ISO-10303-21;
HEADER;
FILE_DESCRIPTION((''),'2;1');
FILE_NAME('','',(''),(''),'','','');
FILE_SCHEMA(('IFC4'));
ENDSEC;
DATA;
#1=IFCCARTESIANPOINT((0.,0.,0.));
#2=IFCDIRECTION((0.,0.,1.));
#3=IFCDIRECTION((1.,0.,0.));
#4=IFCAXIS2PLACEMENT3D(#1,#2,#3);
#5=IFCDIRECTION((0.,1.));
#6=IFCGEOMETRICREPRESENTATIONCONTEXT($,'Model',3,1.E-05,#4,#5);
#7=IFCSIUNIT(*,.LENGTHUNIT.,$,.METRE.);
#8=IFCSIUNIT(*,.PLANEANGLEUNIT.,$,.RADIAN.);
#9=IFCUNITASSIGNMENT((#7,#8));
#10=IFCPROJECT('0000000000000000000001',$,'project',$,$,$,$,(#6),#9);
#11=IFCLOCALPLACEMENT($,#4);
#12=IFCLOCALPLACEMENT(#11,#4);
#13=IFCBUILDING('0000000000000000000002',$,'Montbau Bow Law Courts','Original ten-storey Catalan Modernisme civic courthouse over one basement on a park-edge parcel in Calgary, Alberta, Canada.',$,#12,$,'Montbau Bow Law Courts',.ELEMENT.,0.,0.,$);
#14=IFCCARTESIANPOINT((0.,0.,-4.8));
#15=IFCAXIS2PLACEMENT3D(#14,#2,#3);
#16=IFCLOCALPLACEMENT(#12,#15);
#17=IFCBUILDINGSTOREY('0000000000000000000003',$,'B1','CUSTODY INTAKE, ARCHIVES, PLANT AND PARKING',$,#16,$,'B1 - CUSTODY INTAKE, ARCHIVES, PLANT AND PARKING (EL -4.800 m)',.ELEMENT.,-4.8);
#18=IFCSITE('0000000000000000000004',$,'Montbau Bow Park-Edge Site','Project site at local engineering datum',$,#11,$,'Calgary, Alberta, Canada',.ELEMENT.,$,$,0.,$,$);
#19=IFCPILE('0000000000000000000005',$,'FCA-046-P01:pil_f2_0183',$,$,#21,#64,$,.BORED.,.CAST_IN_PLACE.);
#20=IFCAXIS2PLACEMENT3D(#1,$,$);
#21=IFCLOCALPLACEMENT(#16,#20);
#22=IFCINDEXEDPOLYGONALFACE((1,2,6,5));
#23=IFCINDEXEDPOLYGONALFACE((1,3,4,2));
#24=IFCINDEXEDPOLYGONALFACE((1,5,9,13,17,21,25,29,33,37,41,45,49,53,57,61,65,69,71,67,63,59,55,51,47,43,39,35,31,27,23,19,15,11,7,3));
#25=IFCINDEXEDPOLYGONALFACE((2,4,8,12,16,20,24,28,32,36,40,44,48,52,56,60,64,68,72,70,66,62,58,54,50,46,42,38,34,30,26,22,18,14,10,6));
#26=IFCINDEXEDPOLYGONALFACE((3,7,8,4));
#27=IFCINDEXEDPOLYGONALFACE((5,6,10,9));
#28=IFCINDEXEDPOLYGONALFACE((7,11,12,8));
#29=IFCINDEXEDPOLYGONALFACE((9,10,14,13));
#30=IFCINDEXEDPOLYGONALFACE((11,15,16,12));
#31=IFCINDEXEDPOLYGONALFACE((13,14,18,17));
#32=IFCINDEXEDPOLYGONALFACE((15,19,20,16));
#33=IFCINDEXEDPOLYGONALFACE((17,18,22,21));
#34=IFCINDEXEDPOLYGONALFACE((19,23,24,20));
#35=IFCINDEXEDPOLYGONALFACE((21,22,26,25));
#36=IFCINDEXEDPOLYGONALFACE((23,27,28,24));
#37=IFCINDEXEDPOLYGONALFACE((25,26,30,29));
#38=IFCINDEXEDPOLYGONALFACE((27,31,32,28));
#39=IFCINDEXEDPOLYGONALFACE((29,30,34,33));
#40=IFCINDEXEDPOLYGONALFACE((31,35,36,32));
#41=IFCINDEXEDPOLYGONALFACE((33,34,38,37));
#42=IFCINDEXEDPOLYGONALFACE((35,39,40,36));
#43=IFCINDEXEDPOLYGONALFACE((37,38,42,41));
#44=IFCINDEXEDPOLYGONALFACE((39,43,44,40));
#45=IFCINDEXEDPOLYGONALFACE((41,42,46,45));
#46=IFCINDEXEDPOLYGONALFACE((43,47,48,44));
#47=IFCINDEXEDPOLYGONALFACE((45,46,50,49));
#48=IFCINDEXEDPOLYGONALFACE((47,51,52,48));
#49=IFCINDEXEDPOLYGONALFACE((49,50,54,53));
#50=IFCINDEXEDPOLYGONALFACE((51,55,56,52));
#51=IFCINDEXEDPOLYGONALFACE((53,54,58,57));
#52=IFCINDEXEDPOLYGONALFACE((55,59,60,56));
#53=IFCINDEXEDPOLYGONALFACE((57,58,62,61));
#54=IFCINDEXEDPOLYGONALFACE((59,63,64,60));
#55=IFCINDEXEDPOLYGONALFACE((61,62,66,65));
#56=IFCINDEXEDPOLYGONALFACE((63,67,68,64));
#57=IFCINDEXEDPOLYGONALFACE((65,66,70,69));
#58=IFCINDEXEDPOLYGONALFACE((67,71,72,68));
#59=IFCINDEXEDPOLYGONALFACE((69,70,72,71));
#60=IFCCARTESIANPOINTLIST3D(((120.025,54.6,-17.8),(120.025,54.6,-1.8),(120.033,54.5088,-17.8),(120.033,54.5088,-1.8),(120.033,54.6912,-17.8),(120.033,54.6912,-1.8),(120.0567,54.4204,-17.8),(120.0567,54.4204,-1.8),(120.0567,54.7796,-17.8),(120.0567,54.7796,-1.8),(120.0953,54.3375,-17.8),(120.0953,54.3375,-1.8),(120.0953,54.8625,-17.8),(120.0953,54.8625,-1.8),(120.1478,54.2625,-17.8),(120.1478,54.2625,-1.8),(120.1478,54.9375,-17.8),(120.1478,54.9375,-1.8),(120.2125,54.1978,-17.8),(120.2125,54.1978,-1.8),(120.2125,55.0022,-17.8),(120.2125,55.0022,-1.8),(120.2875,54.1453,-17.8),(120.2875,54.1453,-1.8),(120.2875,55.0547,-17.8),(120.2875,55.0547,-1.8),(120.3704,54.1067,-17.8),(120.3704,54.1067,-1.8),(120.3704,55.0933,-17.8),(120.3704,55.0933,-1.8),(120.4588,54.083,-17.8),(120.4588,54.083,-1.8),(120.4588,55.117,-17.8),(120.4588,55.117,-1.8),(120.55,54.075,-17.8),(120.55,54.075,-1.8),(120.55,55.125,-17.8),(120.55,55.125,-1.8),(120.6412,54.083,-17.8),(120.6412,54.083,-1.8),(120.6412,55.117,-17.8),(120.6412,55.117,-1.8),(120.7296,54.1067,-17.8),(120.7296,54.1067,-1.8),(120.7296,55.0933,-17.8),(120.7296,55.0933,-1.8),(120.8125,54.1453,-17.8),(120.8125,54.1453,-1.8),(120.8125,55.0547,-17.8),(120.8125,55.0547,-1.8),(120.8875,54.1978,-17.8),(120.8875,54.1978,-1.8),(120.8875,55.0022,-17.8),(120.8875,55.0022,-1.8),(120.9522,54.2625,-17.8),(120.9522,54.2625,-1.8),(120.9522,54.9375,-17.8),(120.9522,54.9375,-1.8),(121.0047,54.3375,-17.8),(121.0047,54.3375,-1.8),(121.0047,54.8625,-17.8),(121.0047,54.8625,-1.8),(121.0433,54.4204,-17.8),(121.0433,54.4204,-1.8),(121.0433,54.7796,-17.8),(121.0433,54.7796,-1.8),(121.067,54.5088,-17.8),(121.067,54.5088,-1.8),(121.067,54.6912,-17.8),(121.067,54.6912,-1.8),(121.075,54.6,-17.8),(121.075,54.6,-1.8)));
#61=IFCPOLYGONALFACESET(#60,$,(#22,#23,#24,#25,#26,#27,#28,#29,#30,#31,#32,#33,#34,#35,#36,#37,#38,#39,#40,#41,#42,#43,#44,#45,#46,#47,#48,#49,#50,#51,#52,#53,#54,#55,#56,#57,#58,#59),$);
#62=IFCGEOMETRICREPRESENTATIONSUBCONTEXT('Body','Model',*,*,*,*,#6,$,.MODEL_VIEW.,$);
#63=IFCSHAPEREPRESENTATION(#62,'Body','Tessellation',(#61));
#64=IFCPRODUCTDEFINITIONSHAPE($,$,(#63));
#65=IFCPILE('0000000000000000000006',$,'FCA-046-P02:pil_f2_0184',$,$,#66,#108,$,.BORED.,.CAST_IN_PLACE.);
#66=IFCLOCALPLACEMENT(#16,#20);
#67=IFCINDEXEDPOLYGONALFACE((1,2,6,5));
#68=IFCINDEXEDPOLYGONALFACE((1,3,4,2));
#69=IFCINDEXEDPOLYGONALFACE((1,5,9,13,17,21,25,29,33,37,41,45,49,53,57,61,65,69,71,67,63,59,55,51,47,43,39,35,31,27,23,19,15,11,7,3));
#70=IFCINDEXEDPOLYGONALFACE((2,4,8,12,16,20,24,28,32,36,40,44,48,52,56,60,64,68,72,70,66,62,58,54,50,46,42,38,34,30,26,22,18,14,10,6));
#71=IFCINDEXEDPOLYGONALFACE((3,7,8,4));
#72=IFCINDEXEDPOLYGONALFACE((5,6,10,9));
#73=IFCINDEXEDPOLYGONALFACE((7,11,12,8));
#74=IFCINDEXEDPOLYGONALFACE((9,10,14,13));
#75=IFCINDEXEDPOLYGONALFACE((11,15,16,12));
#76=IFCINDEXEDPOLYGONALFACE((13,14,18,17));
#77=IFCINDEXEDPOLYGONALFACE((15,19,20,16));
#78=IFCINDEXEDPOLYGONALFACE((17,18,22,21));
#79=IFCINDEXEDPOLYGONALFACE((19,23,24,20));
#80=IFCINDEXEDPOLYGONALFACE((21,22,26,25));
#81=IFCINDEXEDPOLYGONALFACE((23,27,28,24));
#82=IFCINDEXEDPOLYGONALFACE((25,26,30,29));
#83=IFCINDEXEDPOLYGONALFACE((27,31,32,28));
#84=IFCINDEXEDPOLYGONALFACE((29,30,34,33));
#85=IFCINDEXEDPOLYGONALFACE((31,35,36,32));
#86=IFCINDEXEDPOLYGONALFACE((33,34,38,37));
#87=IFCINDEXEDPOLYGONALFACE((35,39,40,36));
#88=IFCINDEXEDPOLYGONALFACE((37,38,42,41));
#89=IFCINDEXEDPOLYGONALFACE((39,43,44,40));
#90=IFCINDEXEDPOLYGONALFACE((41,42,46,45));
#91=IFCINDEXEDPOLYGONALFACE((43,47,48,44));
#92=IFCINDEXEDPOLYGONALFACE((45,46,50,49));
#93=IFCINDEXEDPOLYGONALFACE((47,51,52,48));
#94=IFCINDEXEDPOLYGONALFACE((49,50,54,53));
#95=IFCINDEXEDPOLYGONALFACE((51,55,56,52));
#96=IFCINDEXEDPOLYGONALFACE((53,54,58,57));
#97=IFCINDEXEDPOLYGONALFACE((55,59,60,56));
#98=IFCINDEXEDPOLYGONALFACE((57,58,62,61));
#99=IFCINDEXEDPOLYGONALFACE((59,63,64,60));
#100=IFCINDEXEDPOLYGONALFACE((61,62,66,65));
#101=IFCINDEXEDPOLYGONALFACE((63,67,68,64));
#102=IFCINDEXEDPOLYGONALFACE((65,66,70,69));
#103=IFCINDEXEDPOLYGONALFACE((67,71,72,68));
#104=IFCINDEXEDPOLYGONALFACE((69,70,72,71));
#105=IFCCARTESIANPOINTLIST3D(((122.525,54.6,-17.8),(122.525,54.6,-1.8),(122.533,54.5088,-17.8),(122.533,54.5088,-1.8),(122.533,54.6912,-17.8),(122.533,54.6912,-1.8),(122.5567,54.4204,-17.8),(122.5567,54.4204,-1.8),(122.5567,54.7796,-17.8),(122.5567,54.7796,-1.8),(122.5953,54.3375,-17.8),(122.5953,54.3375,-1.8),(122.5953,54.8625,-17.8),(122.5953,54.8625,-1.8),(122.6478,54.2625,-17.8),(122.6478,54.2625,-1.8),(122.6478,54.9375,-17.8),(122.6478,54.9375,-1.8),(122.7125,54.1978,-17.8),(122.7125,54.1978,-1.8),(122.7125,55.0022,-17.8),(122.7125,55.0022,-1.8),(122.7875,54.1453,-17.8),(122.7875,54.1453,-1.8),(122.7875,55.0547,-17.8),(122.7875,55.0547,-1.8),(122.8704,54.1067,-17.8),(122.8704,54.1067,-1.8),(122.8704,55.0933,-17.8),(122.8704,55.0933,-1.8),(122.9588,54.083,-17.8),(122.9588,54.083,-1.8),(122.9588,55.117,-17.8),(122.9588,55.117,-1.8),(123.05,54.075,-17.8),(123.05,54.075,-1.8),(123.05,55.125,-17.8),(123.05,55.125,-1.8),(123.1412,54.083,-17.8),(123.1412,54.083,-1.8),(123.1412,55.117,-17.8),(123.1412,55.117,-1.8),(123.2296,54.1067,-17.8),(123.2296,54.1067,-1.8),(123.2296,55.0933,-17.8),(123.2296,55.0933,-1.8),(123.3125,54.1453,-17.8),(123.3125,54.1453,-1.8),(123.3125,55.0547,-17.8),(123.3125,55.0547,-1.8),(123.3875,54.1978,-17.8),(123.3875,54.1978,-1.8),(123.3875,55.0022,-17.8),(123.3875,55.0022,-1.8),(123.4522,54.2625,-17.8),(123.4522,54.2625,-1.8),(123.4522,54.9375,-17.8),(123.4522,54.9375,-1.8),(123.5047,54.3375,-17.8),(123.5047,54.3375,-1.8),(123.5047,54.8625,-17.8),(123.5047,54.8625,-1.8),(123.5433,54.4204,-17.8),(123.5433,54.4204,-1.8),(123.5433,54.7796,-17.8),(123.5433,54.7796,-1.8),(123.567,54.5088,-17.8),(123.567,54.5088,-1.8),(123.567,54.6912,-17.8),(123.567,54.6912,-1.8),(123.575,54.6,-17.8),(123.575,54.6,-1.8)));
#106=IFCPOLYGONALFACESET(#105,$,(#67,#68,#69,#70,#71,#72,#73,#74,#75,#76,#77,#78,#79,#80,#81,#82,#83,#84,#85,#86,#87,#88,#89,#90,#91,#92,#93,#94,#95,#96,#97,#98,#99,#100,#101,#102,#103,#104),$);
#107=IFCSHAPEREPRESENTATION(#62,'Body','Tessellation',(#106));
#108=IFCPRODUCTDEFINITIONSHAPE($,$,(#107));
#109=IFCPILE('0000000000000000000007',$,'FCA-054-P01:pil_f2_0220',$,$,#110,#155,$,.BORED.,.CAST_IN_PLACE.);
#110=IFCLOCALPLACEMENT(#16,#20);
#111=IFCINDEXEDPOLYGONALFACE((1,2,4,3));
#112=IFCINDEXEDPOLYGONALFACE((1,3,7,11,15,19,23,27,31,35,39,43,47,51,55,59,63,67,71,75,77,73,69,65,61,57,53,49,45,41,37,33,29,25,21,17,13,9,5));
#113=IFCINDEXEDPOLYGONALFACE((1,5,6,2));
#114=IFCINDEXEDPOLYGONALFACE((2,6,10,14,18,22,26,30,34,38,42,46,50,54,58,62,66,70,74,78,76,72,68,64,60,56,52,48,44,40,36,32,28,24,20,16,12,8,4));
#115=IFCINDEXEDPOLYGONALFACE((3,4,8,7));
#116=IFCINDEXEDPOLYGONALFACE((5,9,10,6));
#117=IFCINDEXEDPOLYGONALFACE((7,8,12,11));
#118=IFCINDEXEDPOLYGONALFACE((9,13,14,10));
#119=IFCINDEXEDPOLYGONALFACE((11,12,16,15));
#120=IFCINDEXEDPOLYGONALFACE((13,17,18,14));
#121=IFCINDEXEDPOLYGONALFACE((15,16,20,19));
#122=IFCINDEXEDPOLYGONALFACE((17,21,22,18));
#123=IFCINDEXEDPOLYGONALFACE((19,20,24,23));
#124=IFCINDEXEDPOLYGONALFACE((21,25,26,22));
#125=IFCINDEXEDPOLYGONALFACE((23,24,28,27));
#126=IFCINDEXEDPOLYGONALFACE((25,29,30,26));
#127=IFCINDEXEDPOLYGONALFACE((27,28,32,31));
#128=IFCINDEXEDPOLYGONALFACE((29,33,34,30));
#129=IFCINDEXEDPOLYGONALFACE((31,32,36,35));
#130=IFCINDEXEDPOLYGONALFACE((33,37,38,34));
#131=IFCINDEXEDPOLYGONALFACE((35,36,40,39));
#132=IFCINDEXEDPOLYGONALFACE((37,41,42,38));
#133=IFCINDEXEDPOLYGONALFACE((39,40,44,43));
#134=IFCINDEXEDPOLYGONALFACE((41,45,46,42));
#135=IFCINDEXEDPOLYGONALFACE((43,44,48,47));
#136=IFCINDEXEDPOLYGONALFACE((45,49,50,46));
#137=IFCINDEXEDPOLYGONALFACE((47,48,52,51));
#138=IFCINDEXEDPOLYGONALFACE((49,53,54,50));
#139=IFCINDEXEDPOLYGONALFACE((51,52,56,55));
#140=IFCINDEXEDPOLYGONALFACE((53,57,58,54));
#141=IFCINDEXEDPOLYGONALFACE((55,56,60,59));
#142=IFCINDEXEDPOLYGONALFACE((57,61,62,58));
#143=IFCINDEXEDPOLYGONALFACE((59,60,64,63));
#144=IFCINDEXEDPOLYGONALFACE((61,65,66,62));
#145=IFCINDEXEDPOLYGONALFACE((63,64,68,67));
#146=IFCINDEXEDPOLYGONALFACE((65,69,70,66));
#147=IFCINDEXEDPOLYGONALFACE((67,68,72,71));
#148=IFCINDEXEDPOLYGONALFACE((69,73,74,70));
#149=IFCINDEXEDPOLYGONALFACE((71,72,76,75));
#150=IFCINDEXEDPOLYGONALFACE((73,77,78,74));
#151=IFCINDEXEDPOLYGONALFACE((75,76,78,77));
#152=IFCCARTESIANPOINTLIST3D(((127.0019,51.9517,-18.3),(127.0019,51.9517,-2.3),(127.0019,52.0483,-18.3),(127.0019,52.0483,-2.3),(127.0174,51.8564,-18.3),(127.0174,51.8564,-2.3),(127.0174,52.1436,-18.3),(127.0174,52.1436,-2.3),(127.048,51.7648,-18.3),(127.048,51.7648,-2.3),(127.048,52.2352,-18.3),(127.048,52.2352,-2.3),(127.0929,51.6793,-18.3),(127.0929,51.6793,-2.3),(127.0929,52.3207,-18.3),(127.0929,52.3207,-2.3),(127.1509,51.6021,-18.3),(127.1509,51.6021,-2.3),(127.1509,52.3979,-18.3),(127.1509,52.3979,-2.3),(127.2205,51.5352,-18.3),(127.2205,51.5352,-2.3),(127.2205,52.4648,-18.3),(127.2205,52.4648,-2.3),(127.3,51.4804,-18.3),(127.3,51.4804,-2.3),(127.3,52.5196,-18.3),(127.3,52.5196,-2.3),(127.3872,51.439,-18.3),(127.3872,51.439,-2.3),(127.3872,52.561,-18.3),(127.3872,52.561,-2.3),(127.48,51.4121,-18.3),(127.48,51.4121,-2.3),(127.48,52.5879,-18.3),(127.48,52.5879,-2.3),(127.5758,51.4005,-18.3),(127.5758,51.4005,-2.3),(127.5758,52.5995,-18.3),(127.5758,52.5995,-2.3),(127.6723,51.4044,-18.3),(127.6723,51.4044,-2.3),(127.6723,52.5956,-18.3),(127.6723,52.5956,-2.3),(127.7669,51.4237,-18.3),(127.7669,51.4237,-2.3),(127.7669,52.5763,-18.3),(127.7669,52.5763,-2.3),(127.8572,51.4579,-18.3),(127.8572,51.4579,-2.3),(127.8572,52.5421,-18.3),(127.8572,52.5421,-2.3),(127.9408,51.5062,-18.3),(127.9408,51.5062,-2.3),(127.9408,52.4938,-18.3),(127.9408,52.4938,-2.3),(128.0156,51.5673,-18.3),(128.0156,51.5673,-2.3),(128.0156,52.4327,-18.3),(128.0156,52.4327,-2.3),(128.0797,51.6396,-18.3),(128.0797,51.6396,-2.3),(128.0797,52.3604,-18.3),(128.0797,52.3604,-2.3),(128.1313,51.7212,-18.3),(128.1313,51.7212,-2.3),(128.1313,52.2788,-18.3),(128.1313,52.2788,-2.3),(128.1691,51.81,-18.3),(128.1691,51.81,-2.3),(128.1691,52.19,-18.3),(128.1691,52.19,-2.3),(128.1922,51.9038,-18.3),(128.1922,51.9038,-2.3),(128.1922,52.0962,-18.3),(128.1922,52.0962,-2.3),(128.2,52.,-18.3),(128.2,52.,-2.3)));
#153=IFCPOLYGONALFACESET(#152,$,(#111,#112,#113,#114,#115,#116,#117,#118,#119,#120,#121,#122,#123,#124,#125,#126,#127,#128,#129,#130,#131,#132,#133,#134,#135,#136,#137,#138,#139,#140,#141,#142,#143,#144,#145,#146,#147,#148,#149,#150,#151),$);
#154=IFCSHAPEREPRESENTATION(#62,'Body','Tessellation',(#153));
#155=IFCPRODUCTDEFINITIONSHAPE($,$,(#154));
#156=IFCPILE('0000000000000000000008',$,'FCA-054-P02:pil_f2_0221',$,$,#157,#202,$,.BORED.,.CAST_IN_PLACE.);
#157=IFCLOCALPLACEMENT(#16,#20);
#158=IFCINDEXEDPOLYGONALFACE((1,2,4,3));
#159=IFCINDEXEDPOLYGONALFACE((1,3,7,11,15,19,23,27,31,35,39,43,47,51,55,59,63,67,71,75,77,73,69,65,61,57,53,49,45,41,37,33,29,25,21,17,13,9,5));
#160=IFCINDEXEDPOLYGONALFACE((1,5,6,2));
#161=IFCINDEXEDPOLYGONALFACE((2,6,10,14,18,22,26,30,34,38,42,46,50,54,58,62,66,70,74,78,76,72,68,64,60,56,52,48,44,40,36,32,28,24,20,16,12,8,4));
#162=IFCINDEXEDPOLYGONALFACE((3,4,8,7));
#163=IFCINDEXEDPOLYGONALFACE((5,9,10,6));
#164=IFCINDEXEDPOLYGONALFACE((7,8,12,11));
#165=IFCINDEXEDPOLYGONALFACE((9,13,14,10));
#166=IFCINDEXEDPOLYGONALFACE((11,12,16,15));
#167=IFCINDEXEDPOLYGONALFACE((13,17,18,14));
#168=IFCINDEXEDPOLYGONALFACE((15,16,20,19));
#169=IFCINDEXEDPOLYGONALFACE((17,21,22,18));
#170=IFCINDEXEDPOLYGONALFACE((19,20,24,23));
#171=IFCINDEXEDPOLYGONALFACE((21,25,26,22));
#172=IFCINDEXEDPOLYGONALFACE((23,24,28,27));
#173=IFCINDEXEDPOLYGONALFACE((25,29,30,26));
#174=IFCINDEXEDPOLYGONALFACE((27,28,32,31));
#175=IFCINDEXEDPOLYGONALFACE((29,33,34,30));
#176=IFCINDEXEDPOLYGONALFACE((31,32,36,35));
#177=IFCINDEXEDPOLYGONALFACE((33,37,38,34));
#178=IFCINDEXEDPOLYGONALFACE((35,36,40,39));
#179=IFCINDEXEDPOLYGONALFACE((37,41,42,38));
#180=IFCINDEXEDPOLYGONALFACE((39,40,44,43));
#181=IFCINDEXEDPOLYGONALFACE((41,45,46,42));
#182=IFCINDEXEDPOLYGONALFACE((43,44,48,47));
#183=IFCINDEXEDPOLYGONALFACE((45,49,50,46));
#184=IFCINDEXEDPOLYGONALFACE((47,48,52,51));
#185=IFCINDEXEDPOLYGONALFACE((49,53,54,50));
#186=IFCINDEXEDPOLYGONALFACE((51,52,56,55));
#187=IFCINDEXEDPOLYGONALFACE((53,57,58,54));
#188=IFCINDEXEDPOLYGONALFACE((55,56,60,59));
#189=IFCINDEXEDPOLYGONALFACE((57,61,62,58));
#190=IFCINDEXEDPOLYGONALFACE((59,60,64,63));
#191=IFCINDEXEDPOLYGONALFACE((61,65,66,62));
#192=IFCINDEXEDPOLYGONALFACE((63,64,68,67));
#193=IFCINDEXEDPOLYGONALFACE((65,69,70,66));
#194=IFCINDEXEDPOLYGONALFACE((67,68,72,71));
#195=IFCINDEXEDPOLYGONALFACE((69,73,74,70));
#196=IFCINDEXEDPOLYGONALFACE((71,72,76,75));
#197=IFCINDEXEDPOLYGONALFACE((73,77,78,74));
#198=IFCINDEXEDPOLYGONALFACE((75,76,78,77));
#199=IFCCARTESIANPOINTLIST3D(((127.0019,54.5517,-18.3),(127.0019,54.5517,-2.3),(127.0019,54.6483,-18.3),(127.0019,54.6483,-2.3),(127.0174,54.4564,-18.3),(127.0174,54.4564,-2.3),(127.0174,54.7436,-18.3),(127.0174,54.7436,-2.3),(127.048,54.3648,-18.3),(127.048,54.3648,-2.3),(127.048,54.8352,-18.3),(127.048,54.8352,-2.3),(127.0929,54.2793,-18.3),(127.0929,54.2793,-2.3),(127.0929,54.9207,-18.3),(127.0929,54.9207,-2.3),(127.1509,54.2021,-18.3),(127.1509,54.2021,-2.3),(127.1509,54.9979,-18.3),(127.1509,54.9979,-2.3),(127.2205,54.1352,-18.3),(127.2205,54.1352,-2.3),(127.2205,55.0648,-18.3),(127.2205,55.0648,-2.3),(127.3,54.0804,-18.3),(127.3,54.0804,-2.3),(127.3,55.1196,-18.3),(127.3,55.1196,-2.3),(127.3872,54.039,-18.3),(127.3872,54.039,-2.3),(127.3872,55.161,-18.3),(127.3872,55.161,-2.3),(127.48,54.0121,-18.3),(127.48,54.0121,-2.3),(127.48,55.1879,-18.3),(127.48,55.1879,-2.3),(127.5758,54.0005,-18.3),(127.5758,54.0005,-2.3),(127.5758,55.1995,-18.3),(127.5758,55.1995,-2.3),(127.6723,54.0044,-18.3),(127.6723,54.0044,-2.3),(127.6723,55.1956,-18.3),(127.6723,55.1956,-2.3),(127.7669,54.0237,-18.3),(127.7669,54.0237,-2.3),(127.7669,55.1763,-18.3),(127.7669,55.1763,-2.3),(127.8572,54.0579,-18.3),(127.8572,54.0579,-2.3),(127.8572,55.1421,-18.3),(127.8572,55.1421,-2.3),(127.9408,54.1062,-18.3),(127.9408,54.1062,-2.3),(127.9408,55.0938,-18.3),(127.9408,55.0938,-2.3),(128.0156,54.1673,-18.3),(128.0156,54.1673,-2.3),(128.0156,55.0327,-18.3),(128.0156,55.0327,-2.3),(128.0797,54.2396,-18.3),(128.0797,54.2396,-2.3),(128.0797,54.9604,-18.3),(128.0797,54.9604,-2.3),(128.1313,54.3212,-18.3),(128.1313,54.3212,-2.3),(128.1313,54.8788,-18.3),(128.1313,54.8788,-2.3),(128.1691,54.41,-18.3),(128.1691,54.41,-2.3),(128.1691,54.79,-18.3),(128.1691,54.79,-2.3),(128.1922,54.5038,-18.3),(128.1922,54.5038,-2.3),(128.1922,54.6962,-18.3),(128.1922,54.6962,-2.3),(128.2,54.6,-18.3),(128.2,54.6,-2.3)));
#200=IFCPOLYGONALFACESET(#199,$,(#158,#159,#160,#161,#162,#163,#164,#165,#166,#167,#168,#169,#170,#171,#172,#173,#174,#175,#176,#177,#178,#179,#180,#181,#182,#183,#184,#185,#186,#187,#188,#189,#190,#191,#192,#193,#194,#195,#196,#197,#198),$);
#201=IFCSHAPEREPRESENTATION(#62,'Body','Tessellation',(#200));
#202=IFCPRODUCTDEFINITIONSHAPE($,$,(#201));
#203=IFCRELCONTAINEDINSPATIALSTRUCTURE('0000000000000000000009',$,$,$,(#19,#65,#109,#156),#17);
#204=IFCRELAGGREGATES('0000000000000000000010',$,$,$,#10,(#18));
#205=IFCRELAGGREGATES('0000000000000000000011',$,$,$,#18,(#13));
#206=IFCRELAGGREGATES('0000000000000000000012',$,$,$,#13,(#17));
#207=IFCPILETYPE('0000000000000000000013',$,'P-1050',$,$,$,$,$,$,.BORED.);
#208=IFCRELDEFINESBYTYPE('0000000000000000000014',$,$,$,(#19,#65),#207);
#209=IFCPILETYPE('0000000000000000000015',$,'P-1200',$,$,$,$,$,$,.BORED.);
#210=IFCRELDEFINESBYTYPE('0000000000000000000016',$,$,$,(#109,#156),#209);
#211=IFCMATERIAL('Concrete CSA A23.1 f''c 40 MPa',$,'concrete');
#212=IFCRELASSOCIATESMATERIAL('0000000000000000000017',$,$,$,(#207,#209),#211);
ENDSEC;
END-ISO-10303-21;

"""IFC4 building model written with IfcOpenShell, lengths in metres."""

from ifc_helpers import new_model, si_unit, direction, frame, origin_with_axes, origin_2d_with_axis, place, context, subcontext, project, spatial, circle, extrude, material, material_profile, profile_set, type_object, element, save


model = new_model("IFC4")

# Units and contexts
model_context = context("Model", 3, precision=1e-05, world=origin_with_axes(), true_north=direction((0.0, 1.0)))
body_context = subcontext(model_context, "Body", "Model", "MODEL_VIEW")
ifc_project = project(units=[si_unit("LENGTHUNIT", "METRE"), si_unit("PLANEANGLEUNIT", "RADIAN")], contexts=[model_context])

# Site, building, storey
site_placement = place(None, origin_with_axes())
site = spatial("IfcSite", under=ifc_project, at=site_placement, Name="Montbau Bow Park-Edge Site", Description="Project site at local engineering datum", LongName="Calgary, Alberta, Canada", CompositionType="ELEMENT", RefElevation=0.0)
building_placement = place(site_placement, origin_with_axes())
building = spatial("IfcBuilding", under=site, at=building_placement, Name="Montbau Bow Law Courts", Description="Original ten-storey Catalan Modernisme civic courthouse over one basement on a park-edge parcel in Calgary, Alberta, Canada.", LongName="Montbau Bow Law Courts", CompositionType="ELEMENT", ElevationOfRefHeight=0.0, ElevationOfTerrain=0.0)
storey_placement = place(building_placement, frame((0.0, 0.0, -4.8), z_axis=(0.0, 0.0, 1.0), x_axis=(1.0, 0.0, 0.0)))
storey = spatial("IfcBuildingStorey", under=building, at=storey_placement, Name="B1", Description="CUSTODY INTAKE, ARCHIVES, PLANT AND PARKING", LongName="B1 - CUSTODY INTAKE, ARCHIVES, PLANT AND PARKING (EL -4.800 m)", CompositionType="ELEMENT", Elevation=-4.8)

# Piles
ifc_material_1 = material(Name="Concrete CSA A23.1 f'c 40 MPa", Category="concrete")
ifc_material_profile_1 = material_profile(ifc_material_1, circle(Radius=0.525, at=origin_2d_with_axis()), Name="BP1050", Category="Main", Priority=0)
ifc_profile_set_1 = profile_set([ifc_material_profile_1], Name="Concrete CSA A23.1 f'c 40 MPa")
pile_type_1 = type_object("IfcPileType", Name="P-1050", PredefinedType="BORED", material=ifc_profile_set_1)
for number, where, z_axis, x_axis, name in (
    (1, (120.55, 54.6, -22.6), (0.0, 0.0, 1.0), (1.0, 0.0, 0.0), "FCA-046-P01:pil_f2_0183"),
    (2, (123.05, 54.6, -22.6), (0.0, 0.0, 1.0), (1.0, 0.0, 0.0), "FCA-046-P02:pil_f2_0184"),
):
    element("IfcPile", number, at=place(None, frame(where, z_axis=z_axis, x_axis=x_axis)), inside=storey, type_object=pile_type_1, Name=name, ConstructionType="CAST_IN_PLACE", PredefinedType="BORED", context=body_context, shape_type="SweptSolid", body=[
        extrude(circle(Radius=0.525, at=origin_2d_with_axis()), origin_with_axes(), (0.0, 0.0, 1.0), 16.0),
    ])
ifc_material_profile_2 = material_profile(ifc_material_1, circle(Radius=0.6, at=origin_2d_with_axis()), Name="BP1200", Category="Main", Priority=0)
ifc_profile_set_2 = profile_set([ifc_material_profile_2], Name="Concrete CSA A23.1 f'c 40 MPa")
pile_type_2 = type_object("IfcPileType", Name="P-1200", PredefinedType="BORED", material=ifc_profile_set_2)
for number, where, z_axis, x_axis, name in (
    (3, (127.6, 52.0, -23.1), (0.0, 0.0, 1.0), (1.0, 0.0, 0.0), "FCA-054-P01:pil_f2_0220"),
    (4, (127.6, 54.6, -23.1), (0.0, 0.0, 1.0), (1.0, 0.0, 0.0), "FCA-054-P02:pil_f2_0221"),
):
    element("IfcPile", number, at=place(None, frame(where, z_axis=z_axis, x_axis=x_axis)), inside=storey, type_object=pile_type_2, Name=name, ConstructionType="CAST_IN_PLACE", PredefinedType="BORED", context=body_context, shape_type="SweptSolid", body=[
        extrude(circle(Radius=0.6, at=origin_2d_with_axis()), origin_with_axes(), (0.0, 0.0, 1.0), 16.0),
    ])

save(model, "model.ifc")
